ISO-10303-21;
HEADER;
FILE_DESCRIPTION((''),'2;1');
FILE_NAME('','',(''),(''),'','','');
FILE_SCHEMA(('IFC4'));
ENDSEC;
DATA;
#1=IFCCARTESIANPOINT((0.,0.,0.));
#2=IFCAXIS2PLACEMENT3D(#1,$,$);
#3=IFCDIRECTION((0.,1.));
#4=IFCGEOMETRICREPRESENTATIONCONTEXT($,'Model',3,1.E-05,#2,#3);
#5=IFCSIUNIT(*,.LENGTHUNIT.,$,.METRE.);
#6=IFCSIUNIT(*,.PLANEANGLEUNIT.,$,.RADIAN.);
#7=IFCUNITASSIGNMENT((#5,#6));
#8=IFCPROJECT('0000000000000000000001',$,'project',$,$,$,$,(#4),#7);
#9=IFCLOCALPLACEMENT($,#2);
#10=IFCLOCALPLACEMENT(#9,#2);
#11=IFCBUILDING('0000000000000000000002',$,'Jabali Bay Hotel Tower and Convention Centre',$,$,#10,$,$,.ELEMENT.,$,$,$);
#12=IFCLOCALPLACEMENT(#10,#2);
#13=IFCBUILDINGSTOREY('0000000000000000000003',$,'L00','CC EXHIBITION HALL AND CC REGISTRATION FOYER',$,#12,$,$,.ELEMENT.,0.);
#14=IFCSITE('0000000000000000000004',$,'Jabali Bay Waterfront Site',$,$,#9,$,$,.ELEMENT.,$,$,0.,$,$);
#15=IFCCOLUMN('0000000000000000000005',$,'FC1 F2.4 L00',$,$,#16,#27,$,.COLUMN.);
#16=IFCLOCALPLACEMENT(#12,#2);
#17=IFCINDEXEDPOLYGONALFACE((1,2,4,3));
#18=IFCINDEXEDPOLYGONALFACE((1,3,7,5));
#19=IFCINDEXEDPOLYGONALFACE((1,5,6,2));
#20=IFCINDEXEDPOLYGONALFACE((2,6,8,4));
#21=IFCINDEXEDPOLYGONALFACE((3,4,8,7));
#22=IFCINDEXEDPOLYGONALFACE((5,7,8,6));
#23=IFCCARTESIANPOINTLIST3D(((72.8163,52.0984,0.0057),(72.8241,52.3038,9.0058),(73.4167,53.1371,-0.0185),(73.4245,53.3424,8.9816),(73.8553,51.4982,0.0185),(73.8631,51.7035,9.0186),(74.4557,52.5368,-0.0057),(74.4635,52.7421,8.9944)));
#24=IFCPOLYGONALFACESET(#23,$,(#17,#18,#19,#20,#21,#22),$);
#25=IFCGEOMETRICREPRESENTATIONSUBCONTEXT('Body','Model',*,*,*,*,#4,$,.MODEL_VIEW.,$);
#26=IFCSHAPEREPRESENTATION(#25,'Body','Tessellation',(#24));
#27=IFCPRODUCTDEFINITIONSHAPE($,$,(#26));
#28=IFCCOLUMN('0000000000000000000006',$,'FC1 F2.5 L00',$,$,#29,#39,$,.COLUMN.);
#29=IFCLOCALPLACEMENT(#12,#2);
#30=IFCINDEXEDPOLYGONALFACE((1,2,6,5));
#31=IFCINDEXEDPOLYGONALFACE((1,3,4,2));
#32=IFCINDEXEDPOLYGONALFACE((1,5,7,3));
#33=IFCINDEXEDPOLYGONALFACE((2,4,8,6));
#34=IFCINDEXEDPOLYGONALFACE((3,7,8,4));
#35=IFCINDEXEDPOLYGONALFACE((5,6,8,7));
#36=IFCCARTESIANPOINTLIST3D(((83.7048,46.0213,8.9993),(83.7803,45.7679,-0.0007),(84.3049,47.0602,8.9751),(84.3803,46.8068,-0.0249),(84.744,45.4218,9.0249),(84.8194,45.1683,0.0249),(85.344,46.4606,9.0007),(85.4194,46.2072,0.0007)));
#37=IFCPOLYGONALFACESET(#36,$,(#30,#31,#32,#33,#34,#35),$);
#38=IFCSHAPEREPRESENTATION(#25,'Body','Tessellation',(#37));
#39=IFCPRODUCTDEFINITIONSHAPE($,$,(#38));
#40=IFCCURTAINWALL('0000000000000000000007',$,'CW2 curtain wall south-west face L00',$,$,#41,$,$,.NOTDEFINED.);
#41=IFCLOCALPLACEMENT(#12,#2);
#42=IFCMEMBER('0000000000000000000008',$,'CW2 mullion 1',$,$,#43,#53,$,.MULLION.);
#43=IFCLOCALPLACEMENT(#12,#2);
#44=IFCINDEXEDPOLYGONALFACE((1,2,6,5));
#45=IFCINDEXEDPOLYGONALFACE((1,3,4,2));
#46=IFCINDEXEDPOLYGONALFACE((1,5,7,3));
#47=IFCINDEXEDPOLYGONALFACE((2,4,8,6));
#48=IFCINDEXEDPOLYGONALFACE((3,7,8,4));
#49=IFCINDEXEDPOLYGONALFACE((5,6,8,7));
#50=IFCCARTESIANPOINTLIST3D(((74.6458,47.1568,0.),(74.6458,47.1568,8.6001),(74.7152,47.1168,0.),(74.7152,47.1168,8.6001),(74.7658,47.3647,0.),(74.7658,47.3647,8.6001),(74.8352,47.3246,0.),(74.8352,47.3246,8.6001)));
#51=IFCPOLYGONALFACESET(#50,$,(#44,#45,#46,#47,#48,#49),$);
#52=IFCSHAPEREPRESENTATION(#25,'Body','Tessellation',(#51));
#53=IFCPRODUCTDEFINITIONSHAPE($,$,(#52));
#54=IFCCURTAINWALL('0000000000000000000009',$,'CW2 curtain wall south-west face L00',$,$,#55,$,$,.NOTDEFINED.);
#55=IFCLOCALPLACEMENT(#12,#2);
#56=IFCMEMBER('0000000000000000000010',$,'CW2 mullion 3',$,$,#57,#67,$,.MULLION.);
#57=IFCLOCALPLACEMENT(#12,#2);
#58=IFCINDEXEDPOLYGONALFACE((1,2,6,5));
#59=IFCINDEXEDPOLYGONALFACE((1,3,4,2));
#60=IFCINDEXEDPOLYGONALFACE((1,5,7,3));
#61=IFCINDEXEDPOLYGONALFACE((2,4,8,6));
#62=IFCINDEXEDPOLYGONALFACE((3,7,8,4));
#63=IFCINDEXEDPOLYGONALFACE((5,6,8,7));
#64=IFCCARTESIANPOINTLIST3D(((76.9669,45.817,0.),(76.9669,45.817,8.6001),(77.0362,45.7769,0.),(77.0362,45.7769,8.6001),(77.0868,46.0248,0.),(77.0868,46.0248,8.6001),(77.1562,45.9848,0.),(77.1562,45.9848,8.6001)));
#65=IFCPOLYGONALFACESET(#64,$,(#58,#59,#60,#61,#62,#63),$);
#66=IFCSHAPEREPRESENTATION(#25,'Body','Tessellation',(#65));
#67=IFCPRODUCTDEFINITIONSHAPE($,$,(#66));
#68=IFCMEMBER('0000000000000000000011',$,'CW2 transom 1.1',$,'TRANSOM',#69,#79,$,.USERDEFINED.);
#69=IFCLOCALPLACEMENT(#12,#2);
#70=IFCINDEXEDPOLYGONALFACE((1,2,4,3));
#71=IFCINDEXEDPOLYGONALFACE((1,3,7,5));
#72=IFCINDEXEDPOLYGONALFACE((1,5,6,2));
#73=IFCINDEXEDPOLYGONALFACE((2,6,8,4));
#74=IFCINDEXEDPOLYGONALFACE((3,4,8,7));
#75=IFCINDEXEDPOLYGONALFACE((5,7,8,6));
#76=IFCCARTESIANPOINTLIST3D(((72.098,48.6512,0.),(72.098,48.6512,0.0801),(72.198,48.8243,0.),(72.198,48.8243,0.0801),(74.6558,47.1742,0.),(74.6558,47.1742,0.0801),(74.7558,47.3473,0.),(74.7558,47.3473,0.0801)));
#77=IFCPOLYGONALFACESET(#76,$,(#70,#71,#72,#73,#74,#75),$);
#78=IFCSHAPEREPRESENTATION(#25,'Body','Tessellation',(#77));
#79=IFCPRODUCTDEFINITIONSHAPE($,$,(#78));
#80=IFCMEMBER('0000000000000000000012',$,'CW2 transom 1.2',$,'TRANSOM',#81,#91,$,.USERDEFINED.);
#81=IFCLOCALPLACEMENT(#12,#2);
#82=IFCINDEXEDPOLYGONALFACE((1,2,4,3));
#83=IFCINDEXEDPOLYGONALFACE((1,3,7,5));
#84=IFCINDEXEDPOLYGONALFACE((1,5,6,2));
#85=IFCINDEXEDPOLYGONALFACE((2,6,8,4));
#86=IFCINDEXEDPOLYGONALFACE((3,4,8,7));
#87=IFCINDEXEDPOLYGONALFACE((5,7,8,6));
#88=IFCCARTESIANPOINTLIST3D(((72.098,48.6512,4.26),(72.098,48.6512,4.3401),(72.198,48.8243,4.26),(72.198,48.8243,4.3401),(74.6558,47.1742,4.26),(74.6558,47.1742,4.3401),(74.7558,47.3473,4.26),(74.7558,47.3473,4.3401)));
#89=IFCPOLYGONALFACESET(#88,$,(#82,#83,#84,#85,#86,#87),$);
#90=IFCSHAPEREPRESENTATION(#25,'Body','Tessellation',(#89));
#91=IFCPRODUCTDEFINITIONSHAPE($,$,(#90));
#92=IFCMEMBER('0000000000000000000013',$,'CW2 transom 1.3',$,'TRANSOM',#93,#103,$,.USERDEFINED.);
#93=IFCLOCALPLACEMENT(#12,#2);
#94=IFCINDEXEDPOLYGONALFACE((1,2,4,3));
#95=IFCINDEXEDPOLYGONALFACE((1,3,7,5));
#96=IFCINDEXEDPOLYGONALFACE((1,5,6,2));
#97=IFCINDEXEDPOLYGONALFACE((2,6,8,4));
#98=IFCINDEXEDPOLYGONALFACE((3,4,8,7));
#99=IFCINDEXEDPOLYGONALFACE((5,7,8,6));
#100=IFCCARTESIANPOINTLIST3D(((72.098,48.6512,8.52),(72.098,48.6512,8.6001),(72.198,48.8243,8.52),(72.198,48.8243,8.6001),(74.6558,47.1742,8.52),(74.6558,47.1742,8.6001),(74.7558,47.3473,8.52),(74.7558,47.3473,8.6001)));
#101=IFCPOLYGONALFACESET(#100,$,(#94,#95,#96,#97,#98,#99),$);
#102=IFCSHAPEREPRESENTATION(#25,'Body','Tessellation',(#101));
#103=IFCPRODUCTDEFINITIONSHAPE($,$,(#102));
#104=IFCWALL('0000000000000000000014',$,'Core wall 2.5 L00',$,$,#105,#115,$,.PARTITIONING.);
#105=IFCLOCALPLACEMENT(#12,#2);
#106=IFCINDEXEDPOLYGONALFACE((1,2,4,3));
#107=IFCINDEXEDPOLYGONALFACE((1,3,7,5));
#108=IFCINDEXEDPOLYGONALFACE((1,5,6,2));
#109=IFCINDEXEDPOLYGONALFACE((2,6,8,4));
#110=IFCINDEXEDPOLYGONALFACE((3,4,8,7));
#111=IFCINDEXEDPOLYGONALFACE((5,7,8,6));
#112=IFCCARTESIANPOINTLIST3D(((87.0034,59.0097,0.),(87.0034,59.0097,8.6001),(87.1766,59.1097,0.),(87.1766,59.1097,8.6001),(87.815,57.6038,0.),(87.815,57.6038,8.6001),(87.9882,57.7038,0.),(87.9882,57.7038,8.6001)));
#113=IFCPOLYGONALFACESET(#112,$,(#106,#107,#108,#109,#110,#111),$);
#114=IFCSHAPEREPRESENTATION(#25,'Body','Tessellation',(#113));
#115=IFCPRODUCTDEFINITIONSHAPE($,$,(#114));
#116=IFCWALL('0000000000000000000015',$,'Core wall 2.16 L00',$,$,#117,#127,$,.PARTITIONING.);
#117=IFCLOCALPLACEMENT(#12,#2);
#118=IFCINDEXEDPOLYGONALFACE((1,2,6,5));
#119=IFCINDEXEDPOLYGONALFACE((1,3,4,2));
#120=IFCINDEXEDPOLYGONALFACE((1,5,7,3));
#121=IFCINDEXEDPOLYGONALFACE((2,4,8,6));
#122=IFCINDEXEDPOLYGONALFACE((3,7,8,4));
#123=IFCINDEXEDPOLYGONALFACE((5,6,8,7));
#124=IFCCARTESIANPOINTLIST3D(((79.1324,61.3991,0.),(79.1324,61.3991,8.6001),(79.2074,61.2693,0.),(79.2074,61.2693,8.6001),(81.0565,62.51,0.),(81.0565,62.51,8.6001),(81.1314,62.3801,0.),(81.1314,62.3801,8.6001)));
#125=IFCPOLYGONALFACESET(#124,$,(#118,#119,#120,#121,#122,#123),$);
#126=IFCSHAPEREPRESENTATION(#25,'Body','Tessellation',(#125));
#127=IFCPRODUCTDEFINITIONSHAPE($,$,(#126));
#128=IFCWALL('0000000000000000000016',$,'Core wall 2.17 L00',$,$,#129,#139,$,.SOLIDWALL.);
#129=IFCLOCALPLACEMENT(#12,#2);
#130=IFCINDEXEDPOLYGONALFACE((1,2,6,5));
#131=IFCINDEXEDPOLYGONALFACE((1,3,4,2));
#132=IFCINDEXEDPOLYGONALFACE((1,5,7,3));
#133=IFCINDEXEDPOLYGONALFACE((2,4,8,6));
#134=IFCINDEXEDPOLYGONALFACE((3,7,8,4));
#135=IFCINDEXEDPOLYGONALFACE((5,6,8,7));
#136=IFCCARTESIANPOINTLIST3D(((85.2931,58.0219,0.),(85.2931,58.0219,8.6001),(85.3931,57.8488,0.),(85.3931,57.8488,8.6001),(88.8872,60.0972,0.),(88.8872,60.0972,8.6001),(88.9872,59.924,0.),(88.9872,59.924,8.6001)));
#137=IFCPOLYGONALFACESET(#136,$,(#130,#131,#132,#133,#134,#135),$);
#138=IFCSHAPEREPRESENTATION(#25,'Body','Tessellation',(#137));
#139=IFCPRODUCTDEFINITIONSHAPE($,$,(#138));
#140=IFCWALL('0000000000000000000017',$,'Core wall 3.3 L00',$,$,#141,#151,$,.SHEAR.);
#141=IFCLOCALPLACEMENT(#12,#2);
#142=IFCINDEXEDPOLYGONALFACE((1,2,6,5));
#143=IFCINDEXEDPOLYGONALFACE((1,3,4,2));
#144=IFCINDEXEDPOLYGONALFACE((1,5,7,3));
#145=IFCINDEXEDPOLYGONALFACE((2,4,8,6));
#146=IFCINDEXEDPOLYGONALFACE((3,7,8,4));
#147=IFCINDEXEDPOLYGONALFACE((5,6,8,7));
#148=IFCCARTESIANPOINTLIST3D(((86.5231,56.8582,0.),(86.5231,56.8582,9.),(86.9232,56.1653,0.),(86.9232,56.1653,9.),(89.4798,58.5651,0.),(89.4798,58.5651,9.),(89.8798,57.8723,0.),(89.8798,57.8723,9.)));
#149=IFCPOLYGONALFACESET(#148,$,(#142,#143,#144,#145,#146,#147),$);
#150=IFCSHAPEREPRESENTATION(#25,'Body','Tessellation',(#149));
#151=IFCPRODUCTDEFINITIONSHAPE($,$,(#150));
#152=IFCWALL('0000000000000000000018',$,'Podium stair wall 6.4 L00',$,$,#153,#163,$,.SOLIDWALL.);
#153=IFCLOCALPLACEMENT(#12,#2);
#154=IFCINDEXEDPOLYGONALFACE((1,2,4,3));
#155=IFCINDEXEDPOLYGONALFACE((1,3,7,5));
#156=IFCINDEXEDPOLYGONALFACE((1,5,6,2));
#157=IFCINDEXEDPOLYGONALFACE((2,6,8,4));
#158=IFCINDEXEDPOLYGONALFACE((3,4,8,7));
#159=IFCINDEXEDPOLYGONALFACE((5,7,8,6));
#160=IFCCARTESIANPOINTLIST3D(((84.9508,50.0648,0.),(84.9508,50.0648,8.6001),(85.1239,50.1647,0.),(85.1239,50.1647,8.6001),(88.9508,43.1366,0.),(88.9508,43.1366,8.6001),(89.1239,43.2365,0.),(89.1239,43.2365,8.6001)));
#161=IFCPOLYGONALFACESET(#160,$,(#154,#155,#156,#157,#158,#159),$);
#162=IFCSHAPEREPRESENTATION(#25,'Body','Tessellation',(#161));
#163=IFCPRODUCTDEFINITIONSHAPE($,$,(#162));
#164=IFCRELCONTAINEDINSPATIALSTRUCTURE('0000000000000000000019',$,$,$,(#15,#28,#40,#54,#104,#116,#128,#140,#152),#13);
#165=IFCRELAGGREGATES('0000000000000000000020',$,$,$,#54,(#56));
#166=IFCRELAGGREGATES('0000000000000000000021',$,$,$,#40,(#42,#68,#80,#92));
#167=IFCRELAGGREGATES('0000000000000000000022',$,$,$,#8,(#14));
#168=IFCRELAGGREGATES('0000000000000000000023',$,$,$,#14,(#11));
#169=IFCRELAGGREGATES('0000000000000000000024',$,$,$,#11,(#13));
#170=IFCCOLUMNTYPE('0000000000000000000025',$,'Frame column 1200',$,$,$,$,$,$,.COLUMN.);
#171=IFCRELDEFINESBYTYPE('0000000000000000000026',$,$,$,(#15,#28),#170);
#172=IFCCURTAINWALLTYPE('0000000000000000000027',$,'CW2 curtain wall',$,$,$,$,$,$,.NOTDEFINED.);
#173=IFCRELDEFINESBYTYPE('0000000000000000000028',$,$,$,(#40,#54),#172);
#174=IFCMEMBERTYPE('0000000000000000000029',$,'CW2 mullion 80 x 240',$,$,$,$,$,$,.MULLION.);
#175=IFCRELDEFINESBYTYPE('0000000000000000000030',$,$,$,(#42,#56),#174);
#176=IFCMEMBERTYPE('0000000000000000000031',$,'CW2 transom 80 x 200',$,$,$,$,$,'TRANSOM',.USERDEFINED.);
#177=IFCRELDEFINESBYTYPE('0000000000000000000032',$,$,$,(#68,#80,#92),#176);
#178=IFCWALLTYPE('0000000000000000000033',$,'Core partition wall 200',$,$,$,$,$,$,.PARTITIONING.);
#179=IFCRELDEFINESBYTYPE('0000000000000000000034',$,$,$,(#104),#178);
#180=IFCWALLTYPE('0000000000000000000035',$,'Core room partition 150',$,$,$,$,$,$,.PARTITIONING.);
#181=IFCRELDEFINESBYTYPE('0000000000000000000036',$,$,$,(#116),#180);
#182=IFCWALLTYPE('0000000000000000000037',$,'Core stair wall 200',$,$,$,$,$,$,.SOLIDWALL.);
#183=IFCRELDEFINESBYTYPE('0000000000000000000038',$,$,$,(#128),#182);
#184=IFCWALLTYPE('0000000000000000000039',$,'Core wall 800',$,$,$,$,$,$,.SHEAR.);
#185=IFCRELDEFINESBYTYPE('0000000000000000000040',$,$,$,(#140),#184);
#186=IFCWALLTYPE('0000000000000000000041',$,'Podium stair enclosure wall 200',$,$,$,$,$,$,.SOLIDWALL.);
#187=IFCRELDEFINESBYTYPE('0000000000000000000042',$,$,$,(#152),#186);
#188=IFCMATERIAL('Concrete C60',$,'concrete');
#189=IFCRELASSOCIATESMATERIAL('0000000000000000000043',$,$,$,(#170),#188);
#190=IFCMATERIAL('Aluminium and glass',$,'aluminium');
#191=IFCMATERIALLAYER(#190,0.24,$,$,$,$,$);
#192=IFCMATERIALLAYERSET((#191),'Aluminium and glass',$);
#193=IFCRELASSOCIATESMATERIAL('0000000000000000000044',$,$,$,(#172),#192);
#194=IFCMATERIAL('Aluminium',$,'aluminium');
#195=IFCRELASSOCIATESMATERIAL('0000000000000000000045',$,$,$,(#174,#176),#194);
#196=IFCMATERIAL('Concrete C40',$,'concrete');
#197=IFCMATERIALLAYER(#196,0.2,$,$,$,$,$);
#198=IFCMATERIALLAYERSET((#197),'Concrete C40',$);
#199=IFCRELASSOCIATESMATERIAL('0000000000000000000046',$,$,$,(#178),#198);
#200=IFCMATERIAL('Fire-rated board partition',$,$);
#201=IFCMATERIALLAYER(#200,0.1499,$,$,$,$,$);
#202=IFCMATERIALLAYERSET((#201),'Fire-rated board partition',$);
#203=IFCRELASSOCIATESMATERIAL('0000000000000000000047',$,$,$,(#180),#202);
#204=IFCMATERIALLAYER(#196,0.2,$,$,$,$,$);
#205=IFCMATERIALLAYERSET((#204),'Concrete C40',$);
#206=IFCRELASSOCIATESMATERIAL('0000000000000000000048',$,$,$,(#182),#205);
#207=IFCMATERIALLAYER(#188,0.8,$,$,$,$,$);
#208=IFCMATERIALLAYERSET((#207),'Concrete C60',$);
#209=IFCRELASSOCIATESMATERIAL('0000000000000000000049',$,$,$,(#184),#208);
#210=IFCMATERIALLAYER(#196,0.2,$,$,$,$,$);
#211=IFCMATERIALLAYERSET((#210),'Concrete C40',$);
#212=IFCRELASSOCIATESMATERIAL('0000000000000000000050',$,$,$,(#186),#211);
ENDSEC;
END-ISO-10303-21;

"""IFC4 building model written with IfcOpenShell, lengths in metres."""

from ifc_helpers import new_model, si_unit, direction, frame, frame_2d, origin, origin_2d, place, context, subcontext, project, spatial, rectangle, extrude, material, layer, layer_set, material_profile, profile_set, type_object, element, aggregate, save


model = new_model("IFC4")

# Units and contexts
model_context = context("Model", 3, precision=1e-05, world=origin(), true_north=direction((0.0, 1.0)))
body_context = subcontext(model_context, "Body", "Model", "MODEL_VIEW")
ifc_project = project(units=[si_unit("LENGTHUNIT", "METRE"), si_unit("PLANEANGLEUNIT", "RADIAN")], contexts=[model_context])

# Site, building, storey
site_placement = place(None, origin())
site = spatial("IfcSite", under=ifc_project, at=site_placement, Name="Jabali Bay Waterfront Site", CompositionType="ELEMENT", RefElevation=0.0)
building_placement = place(site_placement, origin())
building = spatial("IfcBuilding", under=site, at=building_placement, Name="Jabali Bay Hotel Tower and Convention Centre", CompositionType="ELEMENT")
storey_placement = place(building_placement, origin())
storey = spatial("IfcBuildingStorey", under=building, at=storey_placement, Name="L00", Description="CC EXHIBITION HALL AND CC REGISTRATION FOYER", CompositionType="ELEMENT", Elevation=0.0)

# Columns
ifc_material_1 = material(Name="Concrete C60", Category="concrete")
ifc_material_profile_1 = material_profile(ifc_material_1, rectangle(XDim=1.2, YDim=1.2, at=origin_2d()), Name="Frame column 1200")
ifc_profile_set_1 = profile_set([ifc_material_profile_1], Name="Concrete C60")
column_type = type_object("IfcColumnType", Name="Frame column 1200", PredefinedType="COLUMN", material=ifc_profile_set_1)
column_1_placement = place(storey_placement, frame((73.636, 52.3176, 0.0), z_axis=(0.000868, 0.022808, 0.999739), x_axis=(-0.500355, -0.865585, 0.020181)))
element("IfcColumn", 1, at=column_1_placement, inside=storey, type_object=column_type, Name="FC1 F2.4 L00", PredefinedType="COLUMN", context=body_context, shape_type="SweptSolid", body=[
    extrude(rectangle(XDim=1.2, YDim=1.2, at=origin_2d()), origin(), (0.0, 0.0, 1.0), 9.0024),
])
column_2_placement = place(storey_placement, frame((84.5999, 45.9875, 0.0), z_axis=(-0.008379, 0.028145, 0.999569), x_axis=(-0.500025, -0.865776, 0.020187)))
element("IfcColumn", 2, at=column_2_placement, inside=storey, type_object=column_type, Name="FC1 F2.5 L00", PredefinedType="COLUMN", context=body_context, shape_type="SweptSolid", body=[
    extrude(rectangle(XDim=1.2, YDim=1.2, at=origin_2d()), origin(), (0.0, 0.0, 1.0), 9.0039),
])

# Curtain walls, members
ifc_material_2 = material(Name="Aluminium and glass", Category="aluminium")
ifc_layer_1 = layer(ifc_material_2, 0.24)
ifc_layer_set_1 = layer_set([ifc_layer_1], Name="Aluminium and glass")
curtain_wall_type = type_object("IfcCurtainWallType", Name="CW2 curtain wall", PredefinedType="NOTDEFINED", material=ifc_layer_set_1)
curtain_wall_1_placement = place(storey_placement, origin())
curtain_wall_1 = element("IfcCurtainWall", 3, at=curtain_wall_1_placement, inside=storey, type_object=curtain_wall_type, Name="CW2 curtain wall south-west face L00", PredefinedType="NOTDEFINED")
ifc_material_3 = material(Name="Aluminium", Category="aluminium")
ifc_material_profile_2 = material_profile(ifc_material_3, rectangle(XDim=0.24, YDim=0.0801, at=origin_2d()), Name="CW2 mullion 80 x 240")
ifc_profile_set_2 = profile_set([ifc_material_profile_2], Name="Aluminium")
member_type_1 = type_object("IfcMemberType", Name="CW2 mullion 80 x 240", PredefinedType="MULLION", material=ifc_profile_set_2)
member_1_placement = place(storey_placement, frame((74.7405, 47.2407, 0.0), z_axis=(0.0, 0.0, 1.0), x_axis=(-0.5, -0.866025, 0.0)))
member_1 = element("IfcMember", 4, at=member_1_placement, type_object=member_type_1, Name="CW2 mullion 1", PredefinedType="MULLION", context=body_context, shape_type="SweptSolid", body=[
    extrude(rectangle(XDim=0.24, YDim=0.0801, at=origin_2d()), origin(), (0.0, 0.0, 1.0), 8.6001),
])
curtain_wall_2_placement = place(storey_placement, origin())
curtain_wall_2 = element("IfcCurtainWall", 5, at=curtain_wall_2_placement, inside=storey, type_object=curtain_wall_type, Name="CW2 curtain wall south-west face L00", PredefinedType="NOTDEFINED")
member_2_placement = place(storey_placement, frame((77.0615, 45.9009, 0.0), z_axis=(0.0, 0.0, 1.0), x_axis=(-0.5, -0.866025, 0.0)))
member_2 = element("IfcMember", 6, at=member_2_placement, type_object=member_type_1, Name="CW2 mullion 3", PredefinedType="MULLION", context=body_context, shape_type="SweptSolid", body=[
    extrude(rectangle(XDim=0.24, YDim=0.0801, at=origin_2d()), origin(), (0.0, 0.0, 1.0), 8.6001),
])
aggregate(curtain_wall_2, [member_2])

# Members
ifc_material_profile_3 = material_profile(ifc_material_3, rectangle(XDim=0.2, YDim=0.0801, at=origin_2d()), Name="CW2 transom 80 x 200")
ifc_profile_set_3 = profile_set([ifc_material_profile_3], Name="Aluminium")
member_type_2 = type_object("IfcMemberType", Name="CW2 transom 80 x 200", ElementType="TRANSOM", PredefinedType="USERDEFINED", material=ifc_profile_set_3)
member_3_placement = place(storey_placement, frame((74.7058, 47.2607, 0.04), z_axis=(-0.865986, 0.500068, 0.0), x_axis=(-0.500068, -0.865986, 0.0)))
member_3 = element("IfcMember", 7, at=member_3_placement, type_object=member_type_2, Name="CW2 transom 1.1", ObjectType="TRANSOM", PredefinedType="USERDEFINED", context=body_context, shape_type="SweptSolid", body=[
    extrude(rectangle(XDim=0.2, YDim=0.0801, at=origin_2d()), origin(), (0.0, 0.0, 1.0), 2.9536),
])
member_4_placement = place(storey_placement, frame((74.7058, 47.2607, 4.3), z_axis=(-0.865986, 0.500068, 0.0), x_axis=(-0.500068, -0.865986, 0.0)))
member_4 = element("IfcMember", 8, at=member_4_placement, type_object=member_type_2, Name="CW2 transom 1.2", ObjectType="TRANSOM", PredefinedType="USERDEFINED", context=body_context, shape_type="SweptSolid", body=[
    extrude(rectangle(XDim=0.2, YDim=0.0801, at=origin_2d()), origin(), (0.0, 0.0, 1.0), 2.9536),
])
member_5_placement = place(storey_placement, frame((74.7058, 47.2607, 8.5601), z_axis=(-0.865986, 0.500068, 0.0), x_axis=(-0.500068, -0.865986, 0.0)))
member_5 = element("IfcMember", 9, at=member_5_placement, type_object=member_type_2, Name="CW2 transom 1.3", ObjectType="TRANSOM", PredefinedType="USERDEFINED", context=body_context, shape_type="SweptSolid", body=[
    extrude(rectangle(XDim=0.2, YDim=0.0801, at=origin_2d()), origin(), (0.0, 0.0, 1.0), 2.9536),
])
aggregate(curtain_wall_1, [member_1, member_3, member_4, member_5])

# Walls
ifc_material_4 = material(Name="Concrete C40", Category="concrete")
ifc_layer_2 = layer(ifc_material_4, 0.2)
ifc_layer_set_2 = layer_set([ifc_layer_2], Name="Concrete C40")
wall_type_1 = type_object("IfcWallType", Name="Core partition wall 200", PredefinedType="PARTITIONING", material=ifc_layer_set_2)
wall_1_placement = place(storey_placement, frame((87.0901, 59.0596, 0.0), z_axis=(0.0, 0.0, 1.0), x_axis=(0.499957, -0.86605, 0.0)))
element("IfcWall", 10, at=wall_1_placement, inside=storey, type_object=wall_type_1, Name="Core wall 2.5 L00", PredefinedType="PARTITIONING", context=body_context, shape_type="SweptSolid", body=[
    extrude(rectangle(XDim=1.6233, YDim=0.2, at=frame_2d((0.8115, 0.0))), origin(), (0.0, 0.0, 1.0), 8.6001),
])
ifc_material_5 = material(Name="Fire-rated board partition")
ifc_layer_3 = layer(ifc_material_5, 0.1499)
ifc_layer_set_3 = layer_set([ifc_layer_3], Name="Fire-rated board partition")
wall_type_2 = type_object("IfcWallType", Name="Core room partition 150", PredefinedType="PARTITIONING", material=ifc_layer_set_3)
wall_2_placement = place(storey_placement, frame((79.1699, 61.3342, 0.0), z_axis=(0.0, 0.0, 1.0), x_axis=(0.86603, 0.499992, 0.0)))
element("IfcWall", 11, at=wall_2_placement, inside=storey, type_object=wall_type_2, Name="Core wall 2.16 L00", PredefinedType="PARTITIONING", context=body_context, shape_type="SweptSolid", body=[
    extrude(rectangle(XDim=2.2217, YDim=0.1499, at=frame_2d((1.1108, 0.0))), origin(), (0.0, 0.0, 1.0), 8.6001),
])
ifc_layer_4 = layer(ifc_material_4, 0.2)
ifc_layer_set_4 = layer_set([ifc_layer_4], Name="Concrete C40")
wall_type_3 = type_object("IfcWallType", Name="Core stair wall 200", PredefinedType="SOLIDWALL", material=ifc_layer_set_4)
wall_3_placement = place(storey_placement, frame((85.343, 57.9353, 0.0), z_axis=(0.0, 0.0, 1.0), x_axis=(0.866004, 0.500036, 0.0)))
element("IfcWall", 12, at=wall_3_placement, inside=storey, type_object=wall_type_3, Name="Core wall 2.17 L00", PredefinedType="SOLIDWALL", context=body_context, shape_type="SweptSolid", body=[
    extrude(rectangle(XDim=4.1501, YDim=0.2, at=frame_2d((2.0752, 0.0))), origin(), (0.0, 0.0, 1.0), 8.6001),
])
ifc_layer_5 = layer(ifc_material_1, 0.8)
ifc_layer_set_5 = layer_set([ifc_layer_5], Name="Concrete C60")
wall_type_4 = type_object("IfcWallType", Name="Core wall 800", PredefinedType="SHEAR", material=ifc_layer_set_5)
wall_4_placement = place(storey_placement, frame((86.7231, 56.5117, 0.0), z_axis=(0.0, 0.0, 1.0), x_axis=(0.866034, 0.499984, 0.0)))
element("IfcWall", 13, at=wall_4_placement, inside=storey, type_object=wall_type_4, Name="Core wall 3.3 L00", PredefinedType="SHEAR", context=body_context, shape_type="SweptSolid", body=[
    extrude(rectangle(XDim=3.4141, YDim=0.8, at=frame_2d((1.707, 0.0))), origin(), (0.0, 0.0, 1.0), 9.0),
])

# Wall
ifc_layer_6 = layer(ifc_material_4, 0.2)
ifc_layer_set_6 = layer_set([ifc_layer_6], Name="Concrete C40")
wall_type_5 = type_object("IfcWallType", Name="Podium stair enclosure wall 200", PredefinedType="SOLIDWALL", material=ifc_layer_set_6)
wall_5_placement = place(storey_placement, frame((85.0374, 50.1147, 0.0), z_axis=(0.0, 0.0, 1.0), x_axis=(0.499999, -0.866026, 0.0)))
element("IfcWall", 14, at=wall_5_placement, inside=storey, type_object=wall_type_5, Name="Podium stair wall 6.4 L00", PredefinedType="SOLIDWALL", context=body_context, shape_type="SweptSolid", body=[
    extrude(rectangle(XDim=8.0, YDim=0.2, at=frame_2d((4.0, 0.0))), origin(), (0.0, 0.0, 1.0), 8.6001),
])

save(model, "model.ifc")
